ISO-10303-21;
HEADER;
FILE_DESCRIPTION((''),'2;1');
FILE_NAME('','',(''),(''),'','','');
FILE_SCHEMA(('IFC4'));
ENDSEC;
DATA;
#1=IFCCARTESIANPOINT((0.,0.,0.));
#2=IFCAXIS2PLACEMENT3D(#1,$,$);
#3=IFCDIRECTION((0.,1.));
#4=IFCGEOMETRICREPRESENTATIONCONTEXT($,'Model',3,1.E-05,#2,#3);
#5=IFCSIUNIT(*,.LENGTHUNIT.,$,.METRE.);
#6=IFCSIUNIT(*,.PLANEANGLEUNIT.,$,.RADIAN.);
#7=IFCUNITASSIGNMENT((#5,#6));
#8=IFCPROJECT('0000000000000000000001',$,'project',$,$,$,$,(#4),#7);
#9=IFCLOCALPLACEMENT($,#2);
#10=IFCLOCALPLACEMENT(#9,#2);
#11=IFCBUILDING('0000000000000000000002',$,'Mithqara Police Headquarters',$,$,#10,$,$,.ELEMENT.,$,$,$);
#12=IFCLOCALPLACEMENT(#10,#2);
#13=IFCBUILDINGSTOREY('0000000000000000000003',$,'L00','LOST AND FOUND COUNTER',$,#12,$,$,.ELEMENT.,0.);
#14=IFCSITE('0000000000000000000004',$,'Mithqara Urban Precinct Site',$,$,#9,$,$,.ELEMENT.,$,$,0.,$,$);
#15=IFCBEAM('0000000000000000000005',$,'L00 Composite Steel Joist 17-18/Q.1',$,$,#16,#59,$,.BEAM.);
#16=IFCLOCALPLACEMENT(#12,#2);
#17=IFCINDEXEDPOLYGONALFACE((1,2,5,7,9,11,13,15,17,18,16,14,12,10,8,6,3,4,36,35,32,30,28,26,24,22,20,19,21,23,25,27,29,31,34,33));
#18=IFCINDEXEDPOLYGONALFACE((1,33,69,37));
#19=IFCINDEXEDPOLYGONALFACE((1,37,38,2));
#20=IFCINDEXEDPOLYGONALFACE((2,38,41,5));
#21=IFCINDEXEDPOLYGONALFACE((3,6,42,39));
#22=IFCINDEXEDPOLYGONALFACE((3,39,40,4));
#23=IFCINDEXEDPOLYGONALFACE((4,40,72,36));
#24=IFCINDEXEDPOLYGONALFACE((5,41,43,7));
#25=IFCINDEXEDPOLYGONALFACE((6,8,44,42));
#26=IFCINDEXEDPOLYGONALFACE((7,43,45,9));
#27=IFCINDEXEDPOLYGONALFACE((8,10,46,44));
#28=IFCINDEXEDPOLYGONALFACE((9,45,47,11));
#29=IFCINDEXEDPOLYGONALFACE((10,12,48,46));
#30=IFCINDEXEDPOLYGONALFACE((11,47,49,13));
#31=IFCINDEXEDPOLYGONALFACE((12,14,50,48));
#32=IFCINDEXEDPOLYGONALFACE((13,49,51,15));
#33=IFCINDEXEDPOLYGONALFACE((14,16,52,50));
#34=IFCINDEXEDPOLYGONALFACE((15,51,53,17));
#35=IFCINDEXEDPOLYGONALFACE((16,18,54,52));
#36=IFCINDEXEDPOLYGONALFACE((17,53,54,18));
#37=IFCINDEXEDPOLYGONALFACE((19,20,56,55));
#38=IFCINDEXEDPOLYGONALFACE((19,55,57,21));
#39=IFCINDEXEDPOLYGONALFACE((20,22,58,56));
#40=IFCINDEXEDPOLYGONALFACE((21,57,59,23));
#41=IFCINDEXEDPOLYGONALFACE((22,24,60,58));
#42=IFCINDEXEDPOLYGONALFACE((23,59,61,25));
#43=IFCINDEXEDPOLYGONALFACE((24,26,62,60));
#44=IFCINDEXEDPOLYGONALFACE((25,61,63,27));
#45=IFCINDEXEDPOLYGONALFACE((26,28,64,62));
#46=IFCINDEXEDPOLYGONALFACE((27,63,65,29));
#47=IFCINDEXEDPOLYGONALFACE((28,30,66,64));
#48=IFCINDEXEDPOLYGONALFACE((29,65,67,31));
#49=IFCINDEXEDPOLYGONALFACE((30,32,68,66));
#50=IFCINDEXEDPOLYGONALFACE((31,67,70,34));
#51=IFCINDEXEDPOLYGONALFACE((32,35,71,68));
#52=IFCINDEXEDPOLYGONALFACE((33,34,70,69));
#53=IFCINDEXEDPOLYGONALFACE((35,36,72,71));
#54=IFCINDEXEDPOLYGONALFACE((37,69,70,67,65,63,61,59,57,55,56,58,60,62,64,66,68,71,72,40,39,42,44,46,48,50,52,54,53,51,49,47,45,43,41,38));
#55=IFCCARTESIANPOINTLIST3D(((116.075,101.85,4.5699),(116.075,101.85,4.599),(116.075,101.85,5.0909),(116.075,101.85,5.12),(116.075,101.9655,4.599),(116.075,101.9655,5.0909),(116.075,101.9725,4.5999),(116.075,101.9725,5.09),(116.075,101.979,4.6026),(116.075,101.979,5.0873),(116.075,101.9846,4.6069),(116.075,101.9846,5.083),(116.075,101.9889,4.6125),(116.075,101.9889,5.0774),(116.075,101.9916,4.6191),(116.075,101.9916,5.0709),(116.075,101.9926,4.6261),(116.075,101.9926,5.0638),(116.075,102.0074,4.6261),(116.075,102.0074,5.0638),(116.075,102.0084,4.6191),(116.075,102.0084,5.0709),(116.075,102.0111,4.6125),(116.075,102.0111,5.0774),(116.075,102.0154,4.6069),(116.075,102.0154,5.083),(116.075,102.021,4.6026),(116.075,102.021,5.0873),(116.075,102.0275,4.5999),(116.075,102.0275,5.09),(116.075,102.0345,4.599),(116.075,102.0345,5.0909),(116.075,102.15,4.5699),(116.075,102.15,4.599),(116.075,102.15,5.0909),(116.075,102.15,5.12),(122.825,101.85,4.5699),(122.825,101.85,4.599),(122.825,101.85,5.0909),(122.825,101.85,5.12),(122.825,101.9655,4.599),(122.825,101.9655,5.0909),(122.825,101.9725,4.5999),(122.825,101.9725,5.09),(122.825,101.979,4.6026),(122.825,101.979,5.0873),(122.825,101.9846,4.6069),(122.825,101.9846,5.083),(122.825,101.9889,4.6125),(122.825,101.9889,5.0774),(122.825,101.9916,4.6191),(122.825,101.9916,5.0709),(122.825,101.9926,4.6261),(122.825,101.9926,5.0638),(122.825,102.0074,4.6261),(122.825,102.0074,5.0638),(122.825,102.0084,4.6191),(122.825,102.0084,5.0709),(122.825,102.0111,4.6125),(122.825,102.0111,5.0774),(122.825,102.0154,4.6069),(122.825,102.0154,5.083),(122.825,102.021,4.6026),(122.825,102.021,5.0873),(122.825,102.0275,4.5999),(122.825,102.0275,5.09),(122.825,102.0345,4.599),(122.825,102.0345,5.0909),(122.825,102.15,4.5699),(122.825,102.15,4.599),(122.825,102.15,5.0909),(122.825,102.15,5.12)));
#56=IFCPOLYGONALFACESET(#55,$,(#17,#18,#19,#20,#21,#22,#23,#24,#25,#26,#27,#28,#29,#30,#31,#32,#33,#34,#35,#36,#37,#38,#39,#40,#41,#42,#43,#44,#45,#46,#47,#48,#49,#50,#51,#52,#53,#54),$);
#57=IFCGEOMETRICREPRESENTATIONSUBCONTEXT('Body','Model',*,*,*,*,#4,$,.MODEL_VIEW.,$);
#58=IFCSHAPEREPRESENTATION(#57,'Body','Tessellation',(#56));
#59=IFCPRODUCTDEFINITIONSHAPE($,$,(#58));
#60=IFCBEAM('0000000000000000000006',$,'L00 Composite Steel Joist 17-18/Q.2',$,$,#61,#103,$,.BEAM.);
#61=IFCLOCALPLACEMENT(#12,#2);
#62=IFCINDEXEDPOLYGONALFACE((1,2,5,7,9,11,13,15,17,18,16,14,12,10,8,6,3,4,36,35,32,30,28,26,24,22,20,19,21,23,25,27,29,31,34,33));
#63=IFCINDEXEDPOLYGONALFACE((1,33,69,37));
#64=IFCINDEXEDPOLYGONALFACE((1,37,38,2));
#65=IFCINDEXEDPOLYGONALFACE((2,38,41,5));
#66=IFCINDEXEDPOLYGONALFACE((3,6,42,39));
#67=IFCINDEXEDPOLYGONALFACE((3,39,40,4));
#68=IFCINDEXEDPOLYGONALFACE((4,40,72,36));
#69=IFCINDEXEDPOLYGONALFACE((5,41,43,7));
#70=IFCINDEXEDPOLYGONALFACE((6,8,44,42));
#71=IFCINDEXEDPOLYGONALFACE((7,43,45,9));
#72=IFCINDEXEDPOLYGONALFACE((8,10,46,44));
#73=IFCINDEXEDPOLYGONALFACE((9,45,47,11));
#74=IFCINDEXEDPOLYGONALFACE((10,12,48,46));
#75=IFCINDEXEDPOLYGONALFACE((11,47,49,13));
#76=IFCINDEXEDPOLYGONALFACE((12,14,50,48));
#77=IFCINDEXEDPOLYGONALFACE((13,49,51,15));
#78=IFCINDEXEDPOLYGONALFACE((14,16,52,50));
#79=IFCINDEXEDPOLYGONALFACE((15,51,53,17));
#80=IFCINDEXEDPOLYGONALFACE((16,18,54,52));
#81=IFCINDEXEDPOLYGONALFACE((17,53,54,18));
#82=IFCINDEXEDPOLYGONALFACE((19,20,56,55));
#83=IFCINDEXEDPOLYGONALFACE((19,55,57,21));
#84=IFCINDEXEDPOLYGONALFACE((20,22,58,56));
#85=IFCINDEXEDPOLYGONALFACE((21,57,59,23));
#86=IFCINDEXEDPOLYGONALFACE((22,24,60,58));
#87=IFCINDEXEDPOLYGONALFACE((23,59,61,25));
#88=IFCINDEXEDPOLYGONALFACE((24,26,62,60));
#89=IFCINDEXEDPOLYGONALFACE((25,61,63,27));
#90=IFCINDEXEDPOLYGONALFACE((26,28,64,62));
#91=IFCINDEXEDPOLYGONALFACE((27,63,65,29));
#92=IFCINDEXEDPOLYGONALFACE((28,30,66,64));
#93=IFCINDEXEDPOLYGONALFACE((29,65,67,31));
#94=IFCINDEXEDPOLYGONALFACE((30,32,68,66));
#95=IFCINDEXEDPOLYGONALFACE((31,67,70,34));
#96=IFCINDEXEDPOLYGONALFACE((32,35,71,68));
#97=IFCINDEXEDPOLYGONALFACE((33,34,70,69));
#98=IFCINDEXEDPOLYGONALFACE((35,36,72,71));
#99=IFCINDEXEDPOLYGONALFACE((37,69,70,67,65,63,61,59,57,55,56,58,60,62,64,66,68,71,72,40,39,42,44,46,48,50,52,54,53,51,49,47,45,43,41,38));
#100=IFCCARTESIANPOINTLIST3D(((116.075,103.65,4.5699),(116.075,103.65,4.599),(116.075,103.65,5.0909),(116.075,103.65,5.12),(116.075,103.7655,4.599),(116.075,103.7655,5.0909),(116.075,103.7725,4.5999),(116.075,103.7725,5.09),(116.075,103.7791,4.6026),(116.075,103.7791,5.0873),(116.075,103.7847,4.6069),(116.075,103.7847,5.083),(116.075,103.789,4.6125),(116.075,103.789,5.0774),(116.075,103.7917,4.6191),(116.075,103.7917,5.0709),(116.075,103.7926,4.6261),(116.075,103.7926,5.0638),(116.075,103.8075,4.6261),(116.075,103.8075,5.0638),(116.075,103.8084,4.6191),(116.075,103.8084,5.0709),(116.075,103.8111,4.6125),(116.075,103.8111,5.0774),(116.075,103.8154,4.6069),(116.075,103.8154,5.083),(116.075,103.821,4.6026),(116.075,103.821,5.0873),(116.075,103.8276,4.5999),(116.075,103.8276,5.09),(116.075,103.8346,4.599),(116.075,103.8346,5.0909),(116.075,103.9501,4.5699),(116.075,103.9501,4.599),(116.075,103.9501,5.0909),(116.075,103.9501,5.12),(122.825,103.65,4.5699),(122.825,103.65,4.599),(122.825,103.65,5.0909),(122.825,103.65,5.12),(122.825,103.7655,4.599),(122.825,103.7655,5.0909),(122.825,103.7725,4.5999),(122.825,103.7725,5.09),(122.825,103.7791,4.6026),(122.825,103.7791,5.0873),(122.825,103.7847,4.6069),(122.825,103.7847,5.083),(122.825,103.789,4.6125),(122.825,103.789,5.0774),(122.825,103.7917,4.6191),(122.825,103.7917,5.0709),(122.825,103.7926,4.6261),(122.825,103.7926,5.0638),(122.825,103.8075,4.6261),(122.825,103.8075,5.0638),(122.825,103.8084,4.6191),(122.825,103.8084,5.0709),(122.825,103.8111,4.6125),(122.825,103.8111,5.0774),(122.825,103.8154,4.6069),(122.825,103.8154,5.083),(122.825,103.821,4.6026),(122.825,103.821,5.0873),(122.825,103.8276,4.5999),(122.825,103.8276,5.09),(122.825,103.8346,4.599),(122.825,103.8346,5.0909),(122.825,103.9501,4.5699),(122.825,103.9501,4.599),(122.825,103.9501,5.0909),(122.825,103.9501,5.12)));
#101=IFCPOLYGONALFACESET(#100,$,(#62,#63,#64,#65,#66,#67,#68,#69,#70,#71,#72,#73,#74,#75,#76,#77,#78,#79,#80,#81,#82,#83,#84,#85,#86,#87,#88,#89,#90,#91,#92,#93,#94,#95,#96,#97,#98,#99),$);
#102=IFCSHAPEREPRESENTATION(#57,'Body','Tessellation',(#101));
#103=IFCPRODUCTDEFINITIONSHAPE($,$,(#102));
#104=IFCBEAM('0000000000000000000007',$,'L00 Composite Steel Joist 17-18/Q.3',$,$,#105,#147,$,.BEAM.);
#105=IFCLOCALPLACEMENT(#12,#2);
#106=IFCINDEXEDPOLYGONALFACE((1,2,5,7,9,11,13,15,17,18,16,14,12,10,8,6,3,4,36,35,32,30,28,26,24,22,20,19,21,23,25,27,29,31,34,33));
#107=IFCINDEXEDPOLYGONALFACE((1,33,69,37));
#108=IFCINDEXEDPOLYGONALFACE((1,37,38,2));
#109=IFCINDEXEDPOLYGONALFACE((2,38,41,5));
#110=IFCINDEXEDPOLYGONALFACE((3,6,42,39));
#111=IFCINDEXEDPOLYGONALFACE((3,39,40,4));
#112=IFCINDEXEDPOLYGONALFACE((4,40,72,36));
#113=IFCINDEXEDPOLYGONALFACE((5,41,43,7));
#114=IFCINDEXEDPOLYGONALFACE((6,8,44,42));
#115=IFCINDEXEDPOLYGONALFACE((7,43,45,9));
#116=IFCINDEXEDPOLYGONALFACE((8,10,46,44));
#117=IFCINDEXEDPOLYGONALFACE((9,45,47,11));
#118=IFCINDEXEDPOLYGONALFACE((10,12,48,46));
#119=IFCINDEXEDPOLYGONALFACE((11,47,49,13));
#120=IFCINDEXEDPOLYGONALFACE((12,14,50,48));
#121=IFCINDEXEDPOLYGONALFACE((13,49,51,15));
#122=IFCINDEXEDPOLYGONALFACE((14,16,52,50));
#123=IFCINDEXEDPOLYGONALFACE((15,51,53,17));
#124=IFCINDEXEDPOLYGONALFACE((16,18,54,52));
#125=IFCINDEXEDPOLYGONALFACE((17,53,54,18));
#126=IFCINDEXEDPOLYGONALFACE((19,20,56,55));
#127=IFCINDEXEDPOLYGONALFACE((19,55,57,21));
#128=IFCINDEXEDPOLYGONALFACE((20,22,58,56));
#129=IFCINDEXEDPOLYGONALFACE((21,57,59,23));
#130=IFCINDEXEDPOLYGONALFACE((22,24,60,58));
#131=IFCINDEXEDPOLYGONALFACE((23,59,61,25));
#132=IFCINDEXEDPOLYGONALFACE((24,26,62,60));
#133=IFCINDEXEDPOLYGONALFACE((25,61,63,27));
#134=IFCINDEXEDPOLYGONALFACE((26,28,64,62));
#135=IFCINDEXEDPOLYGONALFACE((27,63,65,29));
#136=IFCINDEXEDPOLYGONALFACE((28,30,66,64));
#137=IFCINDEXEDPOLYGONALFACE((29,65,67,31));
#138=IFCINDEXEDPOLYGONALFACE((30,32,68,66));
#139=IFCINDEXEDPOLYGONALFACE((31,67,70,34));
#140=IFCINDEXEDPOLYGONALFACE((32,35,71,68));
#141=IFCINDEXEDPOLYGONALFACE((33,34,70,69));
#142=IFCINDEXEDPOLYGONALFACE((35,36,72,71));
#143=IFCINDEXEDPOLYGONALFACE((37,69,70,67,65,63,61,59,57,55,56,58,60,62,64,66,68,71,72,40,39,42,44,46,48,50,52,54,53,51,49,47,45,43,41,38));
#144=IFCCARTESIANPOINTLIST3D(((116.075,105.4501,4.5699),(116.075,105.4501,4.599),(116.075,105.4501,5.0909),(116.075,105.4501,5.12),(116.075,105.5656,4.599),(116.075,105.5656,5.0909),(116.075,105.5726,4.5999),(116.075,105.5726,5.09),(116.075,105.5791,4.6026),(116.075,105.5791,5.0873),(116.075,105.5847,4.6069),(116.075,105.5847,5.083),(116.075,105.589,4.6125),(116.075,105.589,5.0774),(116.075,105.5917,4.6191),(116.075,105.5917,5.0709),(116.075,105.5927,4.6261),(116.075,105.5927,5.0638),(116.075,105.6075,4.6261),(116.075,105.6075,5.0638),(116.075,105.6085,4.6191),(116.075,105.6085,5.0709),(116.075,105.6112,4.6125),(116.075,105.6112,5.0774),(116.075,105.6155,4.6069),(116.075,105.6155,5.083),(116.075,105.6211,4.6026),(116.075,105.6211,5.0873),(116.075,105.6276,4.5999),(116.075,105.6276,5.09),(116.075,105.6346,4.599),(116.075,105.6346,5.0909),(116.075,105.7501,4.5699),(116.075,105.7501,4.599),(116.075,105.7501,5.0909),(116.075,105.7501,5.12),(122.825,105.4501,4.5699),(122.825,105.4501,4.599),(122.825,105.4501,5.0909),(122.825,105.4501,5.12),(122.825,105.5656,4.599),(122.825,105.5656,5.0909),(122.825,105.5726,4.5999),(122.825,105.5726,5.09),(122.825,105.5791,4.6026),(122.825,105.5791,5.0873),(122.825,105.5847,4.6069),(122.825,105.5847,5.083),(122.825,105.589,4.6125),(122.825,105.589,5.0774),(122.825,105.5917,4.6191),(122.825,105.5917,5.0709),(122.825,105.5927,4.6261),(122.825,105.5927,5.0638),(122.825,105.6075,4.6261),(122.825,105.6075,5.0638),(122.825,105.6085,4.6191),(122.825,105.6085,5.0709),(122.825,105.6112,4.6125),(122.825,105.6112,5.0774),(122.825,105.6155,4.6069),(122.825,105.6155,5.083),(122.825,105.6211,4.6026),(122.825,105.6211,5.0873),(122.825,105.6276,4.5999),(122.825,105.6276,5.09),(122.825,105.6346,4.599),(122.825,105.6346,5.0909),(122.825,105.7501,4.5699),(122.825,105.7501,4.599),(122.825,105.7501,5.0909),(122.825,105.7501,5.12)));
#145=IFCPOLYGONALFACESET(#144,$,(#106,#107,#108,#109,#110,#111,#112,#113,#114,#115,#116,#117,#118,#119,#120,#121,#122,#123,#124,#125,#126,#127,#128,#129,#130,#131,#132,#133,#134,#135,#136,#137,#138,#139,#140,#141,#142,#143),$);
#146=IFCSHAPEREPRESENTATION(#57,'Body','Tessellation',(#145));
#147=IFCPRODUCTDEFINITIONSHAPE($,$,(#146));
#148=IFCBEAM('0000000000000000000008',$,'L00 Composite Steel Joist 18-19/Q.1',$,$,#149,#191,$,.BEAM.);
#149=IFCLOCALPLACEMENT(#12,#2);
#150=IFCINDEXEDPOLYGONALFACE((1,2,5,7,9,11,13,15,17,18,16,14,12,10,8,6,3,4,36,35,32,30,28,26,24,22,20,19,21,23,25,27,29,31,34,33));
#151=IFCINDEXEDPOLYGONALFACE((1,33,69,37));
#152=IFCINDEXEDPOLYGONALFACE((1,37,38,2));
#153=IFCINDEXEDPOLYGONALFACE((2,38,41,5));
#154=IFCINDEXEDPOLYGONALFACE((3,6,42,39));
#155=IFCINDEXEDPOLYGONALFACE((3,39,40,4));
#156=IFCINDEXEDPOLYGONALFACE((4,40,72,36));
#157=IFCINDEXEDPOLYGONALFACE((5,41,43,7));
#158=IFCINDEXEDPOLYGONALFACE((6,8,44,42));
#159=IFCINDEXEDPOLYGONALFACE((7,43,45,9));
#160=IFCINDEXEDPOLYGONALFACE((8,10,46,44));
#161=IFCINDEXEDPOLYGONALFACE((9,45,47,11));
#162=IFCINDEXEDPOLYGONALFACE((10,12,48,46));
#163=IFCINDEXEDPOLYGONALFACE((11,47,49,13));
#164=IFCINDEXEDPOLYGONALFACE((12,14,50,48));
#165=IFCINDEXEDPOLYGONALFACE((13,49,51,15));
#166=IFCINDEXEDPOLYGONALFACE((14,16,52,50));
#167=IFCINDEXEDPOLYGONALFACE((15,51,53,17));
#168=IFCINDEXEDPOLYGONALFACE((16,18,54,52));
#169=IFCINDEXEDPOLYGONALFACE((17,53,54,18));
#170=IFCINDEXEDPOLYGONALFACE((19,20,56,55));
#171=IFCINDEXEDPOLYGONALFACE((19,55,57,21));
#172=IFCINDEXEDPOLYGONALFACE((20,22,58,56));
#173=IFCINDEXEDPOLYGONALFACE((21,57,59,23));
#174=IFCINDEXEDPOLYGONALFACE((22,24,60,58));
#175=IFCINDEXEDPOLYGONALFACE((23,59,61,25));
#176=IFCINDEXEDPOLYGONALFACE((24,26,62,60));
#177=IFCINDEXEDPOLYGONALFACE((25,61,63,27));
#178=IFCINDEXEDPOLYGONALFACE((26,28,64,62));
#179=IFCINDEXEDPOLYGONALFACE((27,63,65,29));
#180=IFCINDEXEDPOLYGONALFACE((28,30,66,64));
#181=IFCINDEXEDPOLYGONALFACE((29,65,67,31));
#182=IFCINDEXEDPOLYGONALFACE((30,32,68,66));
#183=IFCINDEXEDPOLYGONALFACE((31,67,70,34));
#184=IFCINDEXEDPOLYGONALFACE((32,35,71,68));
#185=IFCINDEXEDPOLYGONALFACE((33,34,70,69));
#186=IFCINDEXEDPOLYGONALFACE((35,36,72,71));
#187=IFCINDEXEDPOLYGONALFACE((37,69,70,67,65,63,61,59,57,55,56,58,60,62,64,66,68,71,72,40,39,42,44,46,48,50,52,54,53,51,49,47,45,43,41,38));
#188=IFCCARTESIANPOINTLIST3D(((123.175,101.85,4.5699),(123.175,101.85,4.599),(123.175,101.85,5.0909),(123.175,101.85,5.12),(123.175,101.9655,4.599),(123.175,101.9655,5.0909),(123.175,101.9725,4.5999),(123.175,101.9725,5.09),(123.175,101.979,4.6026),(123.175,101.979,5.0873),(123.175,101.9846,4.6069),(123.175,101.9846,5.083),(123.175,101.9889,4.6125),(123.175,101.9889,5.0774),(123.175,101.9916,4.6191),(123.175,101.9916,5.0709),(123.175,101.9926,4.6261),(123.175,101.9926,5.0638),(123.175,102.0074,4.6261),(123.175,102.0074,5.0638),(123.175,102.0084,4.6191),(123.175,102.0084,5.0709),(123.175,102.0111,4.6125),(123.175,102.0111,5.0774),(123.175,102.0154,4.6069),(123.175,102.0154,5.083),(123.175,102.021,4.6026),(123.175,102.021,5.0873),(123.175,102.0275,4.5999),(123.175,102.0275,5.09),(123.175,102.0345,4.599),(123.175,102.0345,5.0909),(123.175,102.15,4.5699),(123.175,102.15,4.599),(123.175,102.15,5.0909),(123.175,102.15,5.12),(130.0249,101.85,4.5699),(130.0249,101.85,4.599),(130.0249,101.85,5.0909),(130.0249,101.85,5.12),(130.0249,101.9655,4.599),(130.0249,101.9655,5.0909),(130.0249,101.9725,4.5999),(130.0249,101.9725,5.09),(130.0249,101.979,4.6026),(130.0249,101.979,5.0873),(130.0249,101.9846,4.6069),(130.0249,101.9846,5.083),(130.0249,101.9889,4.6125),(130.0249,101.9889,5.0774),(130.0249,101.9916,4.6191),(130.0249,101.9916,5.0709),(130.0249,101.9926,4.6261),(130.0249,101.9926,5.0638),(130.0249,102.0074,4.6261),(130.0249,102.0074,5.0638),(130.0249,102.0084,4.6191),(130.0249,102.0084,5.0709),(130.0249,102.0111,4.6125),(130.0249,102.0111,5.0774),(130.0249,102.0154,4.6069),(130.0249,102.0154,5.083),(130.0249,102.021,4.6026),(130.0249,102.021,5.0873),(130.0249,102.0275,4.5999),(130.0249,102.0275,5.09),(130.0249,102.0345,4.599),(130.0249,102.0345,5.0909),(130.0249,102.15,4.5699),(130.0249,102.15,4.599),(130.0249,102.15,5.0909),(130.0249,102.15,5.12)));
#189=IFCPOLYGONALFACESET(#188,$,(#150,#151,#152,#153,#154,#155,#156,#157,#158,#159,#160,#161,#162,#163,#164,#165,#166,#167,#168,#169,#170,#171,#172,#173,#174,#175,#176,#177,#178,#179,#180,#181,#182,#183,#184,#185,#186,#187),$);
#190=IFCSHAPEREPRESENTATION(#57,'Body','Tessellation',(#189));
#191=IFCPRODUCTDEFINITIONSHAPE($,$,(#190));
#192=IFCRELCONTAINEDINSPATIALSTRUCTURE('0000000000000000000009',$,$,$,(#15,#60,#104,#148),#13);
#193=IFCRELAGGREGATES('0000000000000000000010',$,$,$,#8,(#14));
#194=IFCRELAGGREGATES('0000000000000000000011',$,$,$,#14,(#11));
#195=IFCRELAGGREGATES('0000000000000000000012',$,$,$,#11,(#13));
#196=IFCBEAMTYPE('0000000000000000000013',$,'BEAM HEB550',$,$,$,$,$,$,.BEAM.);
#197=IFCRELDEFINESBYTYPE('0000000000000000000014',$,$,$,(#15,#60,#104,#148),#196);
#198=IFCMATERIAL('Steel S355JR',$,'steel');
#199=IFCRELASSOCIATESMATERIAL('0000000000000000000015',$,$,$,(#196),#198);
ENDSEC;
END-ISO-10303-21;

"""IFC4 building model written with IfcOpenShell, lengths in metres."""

from ifc_helpers import new_model, si_unit, direction, frame, origin, origin_2d, place, context, subcontext, project, spatial, i_section, extrude, material, material_profile, profile_set, type_object, element, save


model = new_model("IFC4")

# Units and contexts
model_context = context("Model", 3, precision=1e-05, world=origin(), true_north=direction((0.0, 1.0)))
body_context = subcontext(model_context, "Body", "Model", "MODEL_VIEW")
ifc_project = project(units=[si_unit("LENGTHUNIT", "METRE"), si_unit("PLANEANGLEUNIT", "RADIAN")], contexts=[model_context])

# Site, building, storey
site_placement = place(None, origin())
site = spatial("IfcSite", under=ifc_project, at=site_placement, Name="Mithqara Urban Precinct Site", CompositionType="ELEMENT", RefElevation=0.0)
building_placement = place(site_placement, origin())
building = spatial("IfcBuilding", under=site, at=building_placement, Name="Mithqara Police Headquarters", CompositionType="ELEMENT")
storey_placement = place(building_placement, origin())
storey = spatial("IfcBuildingStorey", under=building, at=storey_placement, Name="L00", Description="LOST AND FOUND COUNTER", CompositionType="ELEMENT", Elevation=0.0)

# Beams
ifc_material_1 = material(Name="Steel S355JR", Category="steel")
ifc_material_profile_1 = material_profile(ifc_material_1, i_section(OverallWidth=0.3, OverallDepth=0.55, WebThickness=0.0149, FlangeThickness=0.0291, FilletRadius=0.0271, at=origin_2d()), Name="HEB 550")
ifc_profile_set_1 = profile_set([ifc_material_profile_1], Name="Steel S355JR")
beam_type_1 = type_object("IfcBeamType", Name="BEAM HEB550", PredefinedType="BEAM", material=ifc_profile_set_1)
for number, where, z_axis, x_axis, name in (
    (1, (116.075, 102.0, 4.845), (1.0, 0.0, 0.0), (0.0, 1.0, 0.0), "L00 Composite Steel Joist 17-18/Q.1"),
    (2, (116.075, 103.8, 4.845), (1.0, 0.0, 0.0), (0.0, 1.0, 0.0), "L00 Composite Steel Joist 17-18/Q.2"),
    (3, (116.075, 105.6001, 4.845), (1.0, 0.0, 0.0), (0.0, 1.0, 0.0), "L00 Composite Steel Joist 17-18/Q.3"),
):
    element("IfcBeam", number, at=place(storey_placement, frame(where, z_axis=z_axis, x_axis=x_axis)), inside=storey, type_object=beam_type_1, Name=name, PredefinedType="BEAM", context=body_context, shape_type="SweptSolid", body=[
        extrude(i_section(OverallWidth=0.3, OverallDepth=0.55, WebThickness=0.0149, FlangeThickness=0.0291, FilletRadius=0.0271, at=origin_2d()), origin(), (0.0, 0.0, 1.0), 6.75),
    ])
for number, where, z_axis, x_axis, name in (
    (4, (123.175, 102.0, 4.845), (1.0, 0.0, 0.0), (0.0, 1.0, 0.0), "L00 Composite Steel Joist 18-19/Q.1"),
):
    element("IfcBeam", number, at=place(storey_placement, frame(where, z_axis=z_axis, x_axis=x_axis)), inside=storey, type_object=beam_type_1, Name=name, PredefinedType="BEAM", context=body_context, shape_type="SweptSolid", body=[
        extrude(i_section(OverallWidth=0.3, OverallDepth=0.55, WebThickness=0.0149, FlangeThickness=0.0291, FilletRadius=0.0271, at=origin_2d()), origin(), (0.0, 0.0, 1.0), 6.8499),
    ])

save(model, "model.ifc")
